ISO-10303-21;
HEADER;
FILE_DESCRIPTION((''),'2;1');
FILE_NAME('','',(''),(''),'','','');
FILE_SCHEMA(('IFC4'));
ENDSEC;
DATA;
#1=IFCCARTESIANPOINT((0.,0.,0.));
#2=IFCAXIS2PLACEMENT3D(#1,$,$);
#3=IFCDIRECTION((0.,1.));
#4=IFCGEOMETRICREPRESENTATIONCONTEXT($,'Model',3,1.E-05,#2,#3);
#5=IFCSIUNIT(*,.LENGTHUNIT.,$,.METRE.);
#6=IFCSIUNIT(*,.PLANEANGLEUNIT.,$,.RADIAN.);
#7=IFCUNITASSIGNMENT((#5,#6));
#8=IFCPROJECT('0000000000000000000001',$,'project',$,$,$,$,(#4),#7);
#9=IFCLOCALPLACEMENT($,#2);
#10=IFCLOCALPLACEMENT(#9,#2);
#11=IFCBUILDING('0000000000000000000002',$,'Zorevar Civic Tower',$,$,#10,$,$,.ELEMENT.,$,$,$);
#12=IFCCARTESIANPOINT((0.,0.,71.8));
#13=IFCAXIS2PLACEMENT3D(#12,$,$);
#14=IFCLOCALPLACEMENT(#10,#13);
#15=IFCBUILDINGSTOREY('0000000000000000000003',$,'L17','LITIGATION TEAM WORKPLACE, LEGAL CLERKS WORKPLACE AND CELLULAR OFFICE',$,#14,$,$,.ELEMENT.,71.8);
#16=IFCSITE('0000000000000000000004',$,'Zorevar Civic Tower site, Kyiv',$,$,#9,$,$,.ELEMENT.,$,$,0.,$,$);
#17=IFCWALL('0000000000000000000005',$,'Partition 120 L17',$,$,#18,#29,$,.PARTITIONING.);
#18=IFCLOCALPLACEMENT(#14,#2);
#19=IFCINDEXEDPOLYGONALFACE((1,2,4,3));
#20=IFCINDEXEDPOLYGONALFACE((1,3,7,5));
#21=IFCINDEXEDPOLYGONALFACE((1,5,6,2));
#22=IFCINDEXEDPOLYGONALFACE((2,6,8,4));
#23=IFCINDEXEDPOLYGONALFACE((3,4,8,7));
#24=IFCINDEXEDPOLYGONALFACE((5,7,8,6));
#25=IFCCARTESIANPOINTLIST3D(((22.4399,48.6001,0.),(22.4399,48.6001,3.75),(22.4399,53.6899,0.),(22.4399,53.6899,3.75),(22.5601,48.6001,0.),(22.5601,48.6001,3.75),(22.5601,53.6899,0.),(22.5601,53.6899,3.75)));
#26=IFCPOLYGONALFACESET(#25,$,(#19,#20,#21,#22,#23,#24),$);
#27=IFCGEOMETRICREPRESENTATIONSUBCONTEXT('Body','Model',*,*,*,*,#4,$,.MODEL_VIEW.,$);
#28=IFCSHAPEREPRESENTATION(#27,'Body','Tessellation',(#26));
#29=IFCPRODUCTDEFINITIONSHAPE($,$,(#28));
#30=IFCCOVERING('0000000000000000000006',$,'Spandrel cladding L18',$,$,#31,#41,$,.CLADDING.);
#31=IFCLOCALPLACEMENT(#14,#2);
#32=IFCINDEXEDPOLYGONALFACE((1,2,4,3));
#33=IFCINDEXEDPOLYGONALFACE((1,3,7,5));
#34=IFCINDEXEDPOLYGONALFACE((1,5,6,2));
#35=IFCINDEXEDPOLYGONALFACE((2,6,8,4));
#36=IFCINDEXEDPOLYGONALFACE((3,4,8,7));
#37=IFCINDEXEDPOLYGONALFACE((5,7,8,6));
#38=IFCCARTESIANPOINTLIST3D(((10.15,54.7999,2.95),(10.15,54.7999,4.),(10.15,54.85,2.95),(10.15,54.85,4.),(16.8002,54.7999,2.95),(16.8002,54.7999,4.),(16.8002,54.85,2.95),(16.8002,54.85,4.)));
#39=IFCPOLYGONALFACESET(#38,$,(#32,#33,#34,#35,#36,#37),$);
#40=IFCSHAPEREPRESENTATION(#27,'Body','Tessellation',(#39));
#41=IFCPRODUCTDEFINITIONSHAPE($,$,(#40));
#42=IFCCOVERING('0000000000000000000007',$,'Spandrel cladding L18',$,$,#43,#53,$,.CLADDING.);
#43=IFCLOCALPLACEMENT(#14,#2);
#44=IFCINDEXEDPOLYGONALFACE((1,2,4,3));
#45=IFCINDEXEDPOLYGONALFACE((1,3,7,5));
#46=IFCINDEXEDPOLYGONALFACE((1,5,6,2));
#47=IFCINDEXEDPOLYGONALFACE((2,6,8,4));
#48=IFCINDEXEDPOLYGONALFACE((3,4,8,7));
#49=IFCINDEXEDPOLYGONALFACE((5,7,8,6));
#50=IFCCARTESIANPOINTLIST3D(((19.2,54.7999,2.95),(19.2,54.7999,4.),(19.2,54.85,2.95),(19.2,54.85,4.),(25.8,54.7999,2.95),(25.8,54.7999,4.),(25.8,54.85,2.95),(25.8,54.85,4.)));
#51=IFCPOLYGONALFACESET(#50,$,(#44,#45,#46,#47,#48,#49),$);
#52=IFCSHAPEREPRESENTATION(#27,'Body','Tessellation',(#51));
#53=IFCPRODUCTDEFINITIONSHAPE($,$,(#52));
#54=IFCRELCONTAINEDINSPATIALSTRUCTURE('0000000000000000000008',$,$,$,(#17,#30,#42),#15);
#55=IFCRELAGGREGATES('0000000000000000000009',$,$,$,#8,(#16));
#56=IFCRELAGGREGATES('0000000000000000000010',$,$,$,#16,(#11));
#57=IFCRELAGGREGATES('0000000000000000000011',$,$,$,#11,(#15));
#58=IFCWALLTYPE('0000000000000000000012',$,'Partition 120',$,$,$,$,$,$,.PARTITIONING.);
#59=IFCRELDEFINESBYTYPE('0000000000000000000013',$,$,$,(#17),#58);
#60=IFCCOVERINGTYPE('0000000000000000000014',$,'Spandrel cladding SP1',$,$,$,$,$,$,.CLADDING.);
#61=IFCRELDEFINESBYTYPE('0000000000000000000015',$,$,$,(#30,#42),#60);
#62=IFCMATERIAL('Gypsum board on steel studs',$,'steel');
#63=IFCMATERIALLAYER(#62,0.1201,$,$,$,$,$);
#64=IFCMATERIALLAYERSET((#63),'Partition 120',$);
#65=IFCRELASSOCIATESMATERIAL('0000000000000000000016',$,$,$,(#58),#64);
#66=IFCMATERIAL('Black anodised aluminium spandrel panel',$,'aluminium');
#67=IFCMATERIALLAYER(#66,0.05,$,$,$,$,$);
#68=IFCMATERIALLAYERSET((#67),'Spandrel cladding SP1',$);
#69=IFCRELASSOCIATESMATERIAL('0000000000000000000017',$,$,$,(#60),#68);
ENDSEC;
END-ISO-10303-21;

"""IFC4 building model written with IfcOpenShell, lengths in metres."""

from ifc_helpers import new_model, si_unit, direction, frame, frame_2d, origin, place, context, subcontext, project, spatial, rectangle, extrude, material, layer, layer_set, type_object, element, save


model = new_model("IFC4")

# Units and contexts
model_context = context("Model", 3, precision=1e-05, world=origin(), true_north=direction((0.0, 1.0)))
body_context = subcontext(model_context, "Body", "Model", "MODEL_VIEW")
ifc_project = project(units=[si_unit("LENGTHUNIT", "METRE"), si_unit("PLANEANGLEUNIT", "RADIAN")], contexts=[model_context])

# Site, building, storey
site_placement = place(None, origin())
site = spatial("IfcSite", under=ifc_project, at=site_placement, Name="Zorevar Civic Tower site, Kyiv", CompositionType="ELEMENT", RefElevation=0.0)
building_placement = place(site_placement, origin())
building = spatial("IfcBuilding", under=site, at=building_placement, Name="Zorevar Civic Tower", CompositionType="ELEMENT")
storey_placement = place(building_placement, frame((0.0, 0.0, 71.8)))
storey = spatial("IfcBuildingStorey", under=building, at=storey_placement, Name="L17", Description="LITIGATION TEAM WORKPLACE, LEGAL CLERKS WORKPLACE AND CELLULAR OFFICE", CompositionType="ELEMENT", Elevation=71.8)

# Shared definitions
ifc_material_1 = material(Name="Gypsum board on steel studs", Category="steel")
ifc_layer_1 = layer(ifc_material_1, 0.1201)
ifc_layer_set_1 = layer_set([ifc_layer_1], Name="Partition 120")
wall_type_1 = type_object("IfcWallType", Name="Partition 120", PredefinedType="PARTITIONING", material=ifc_layer_set_1)

# Wall
wall_1_placement = place(storey_placement, frame((22.5, 48.6001, 0.0), z_axis=(0.0, 0.0, 1.0), x_axis=(0.0, 1.0, 0.0)))
element("IfcWall", 1, at=wall_1_placement, inside=storey, type_object=wall_type_1, Name="Partition 120 L17", PredefinedType="PARTITIONING", context=body_context, shape_type="SweptSolid", body=[
    extrude(rectangle(XDim=5.0898, YDim=0.1201, at=frame_2d((2.5449, 0.0))), origin(), (0.0, 0.0, 1.0), 3.75),
])

# Coverings
ifc_material_2 = material(Name="Black anodised aluminium spandrel panel", Category="aluminium")
ifc_layer_2 = layer(ifc_material_2, 0.05)
ifc_layer_set_2 = layer_set([ifc_layer_2], Name="Spandrel cladding SP1")
covering_type = type_object("IfcCoveringType", Name="Spandrel cladding SP1", PredefinedType="CLADDING", material=ifc_layer_set_2)
covering_1_placement = place(storey_placement, frame((10.1499, 54.825, 2.95), z_axis=(0.0, 0.0, 1.0), x_axis=(1.0, 0.0, 0.0)))
element("IfcCovering", 2, at=covering_1_placement, inside=storey, type_object=covering_type, Name="Spandrel cladding L18", PredefinedType="CLADDING", context=body_context, shape_type="SweptSolid", body=[
    extrude(rectangle(XDim=6.6501, YDim=0.05, at=frame_2d((3.3252, 0.0))), origin(), (0.0, 0.0, 1.0), 1.05),
])
covering_2_placement = place(storey_placement, frame((19.2, 54.825, 2.95), z_axis=(0.0, 0.0, 1.0), x_axis=(1.0, 0.0, 0.0)))
element("IfcCovering", 3, at=covering_2_placement, inside=storey, type_object=covering_type, Name="Spandrel cladding L18", PredefinedType="CLADDING", context=body_context, shape_type="SweptSolid", body=[
    extrude(rectangle(XDim=6.6001, YDim=0.05, at=frame_2d((3.3, 0.0))), origin(), (0.0, 0.0, 1.0), 1.05),
])

save(model, "model.ifc")
